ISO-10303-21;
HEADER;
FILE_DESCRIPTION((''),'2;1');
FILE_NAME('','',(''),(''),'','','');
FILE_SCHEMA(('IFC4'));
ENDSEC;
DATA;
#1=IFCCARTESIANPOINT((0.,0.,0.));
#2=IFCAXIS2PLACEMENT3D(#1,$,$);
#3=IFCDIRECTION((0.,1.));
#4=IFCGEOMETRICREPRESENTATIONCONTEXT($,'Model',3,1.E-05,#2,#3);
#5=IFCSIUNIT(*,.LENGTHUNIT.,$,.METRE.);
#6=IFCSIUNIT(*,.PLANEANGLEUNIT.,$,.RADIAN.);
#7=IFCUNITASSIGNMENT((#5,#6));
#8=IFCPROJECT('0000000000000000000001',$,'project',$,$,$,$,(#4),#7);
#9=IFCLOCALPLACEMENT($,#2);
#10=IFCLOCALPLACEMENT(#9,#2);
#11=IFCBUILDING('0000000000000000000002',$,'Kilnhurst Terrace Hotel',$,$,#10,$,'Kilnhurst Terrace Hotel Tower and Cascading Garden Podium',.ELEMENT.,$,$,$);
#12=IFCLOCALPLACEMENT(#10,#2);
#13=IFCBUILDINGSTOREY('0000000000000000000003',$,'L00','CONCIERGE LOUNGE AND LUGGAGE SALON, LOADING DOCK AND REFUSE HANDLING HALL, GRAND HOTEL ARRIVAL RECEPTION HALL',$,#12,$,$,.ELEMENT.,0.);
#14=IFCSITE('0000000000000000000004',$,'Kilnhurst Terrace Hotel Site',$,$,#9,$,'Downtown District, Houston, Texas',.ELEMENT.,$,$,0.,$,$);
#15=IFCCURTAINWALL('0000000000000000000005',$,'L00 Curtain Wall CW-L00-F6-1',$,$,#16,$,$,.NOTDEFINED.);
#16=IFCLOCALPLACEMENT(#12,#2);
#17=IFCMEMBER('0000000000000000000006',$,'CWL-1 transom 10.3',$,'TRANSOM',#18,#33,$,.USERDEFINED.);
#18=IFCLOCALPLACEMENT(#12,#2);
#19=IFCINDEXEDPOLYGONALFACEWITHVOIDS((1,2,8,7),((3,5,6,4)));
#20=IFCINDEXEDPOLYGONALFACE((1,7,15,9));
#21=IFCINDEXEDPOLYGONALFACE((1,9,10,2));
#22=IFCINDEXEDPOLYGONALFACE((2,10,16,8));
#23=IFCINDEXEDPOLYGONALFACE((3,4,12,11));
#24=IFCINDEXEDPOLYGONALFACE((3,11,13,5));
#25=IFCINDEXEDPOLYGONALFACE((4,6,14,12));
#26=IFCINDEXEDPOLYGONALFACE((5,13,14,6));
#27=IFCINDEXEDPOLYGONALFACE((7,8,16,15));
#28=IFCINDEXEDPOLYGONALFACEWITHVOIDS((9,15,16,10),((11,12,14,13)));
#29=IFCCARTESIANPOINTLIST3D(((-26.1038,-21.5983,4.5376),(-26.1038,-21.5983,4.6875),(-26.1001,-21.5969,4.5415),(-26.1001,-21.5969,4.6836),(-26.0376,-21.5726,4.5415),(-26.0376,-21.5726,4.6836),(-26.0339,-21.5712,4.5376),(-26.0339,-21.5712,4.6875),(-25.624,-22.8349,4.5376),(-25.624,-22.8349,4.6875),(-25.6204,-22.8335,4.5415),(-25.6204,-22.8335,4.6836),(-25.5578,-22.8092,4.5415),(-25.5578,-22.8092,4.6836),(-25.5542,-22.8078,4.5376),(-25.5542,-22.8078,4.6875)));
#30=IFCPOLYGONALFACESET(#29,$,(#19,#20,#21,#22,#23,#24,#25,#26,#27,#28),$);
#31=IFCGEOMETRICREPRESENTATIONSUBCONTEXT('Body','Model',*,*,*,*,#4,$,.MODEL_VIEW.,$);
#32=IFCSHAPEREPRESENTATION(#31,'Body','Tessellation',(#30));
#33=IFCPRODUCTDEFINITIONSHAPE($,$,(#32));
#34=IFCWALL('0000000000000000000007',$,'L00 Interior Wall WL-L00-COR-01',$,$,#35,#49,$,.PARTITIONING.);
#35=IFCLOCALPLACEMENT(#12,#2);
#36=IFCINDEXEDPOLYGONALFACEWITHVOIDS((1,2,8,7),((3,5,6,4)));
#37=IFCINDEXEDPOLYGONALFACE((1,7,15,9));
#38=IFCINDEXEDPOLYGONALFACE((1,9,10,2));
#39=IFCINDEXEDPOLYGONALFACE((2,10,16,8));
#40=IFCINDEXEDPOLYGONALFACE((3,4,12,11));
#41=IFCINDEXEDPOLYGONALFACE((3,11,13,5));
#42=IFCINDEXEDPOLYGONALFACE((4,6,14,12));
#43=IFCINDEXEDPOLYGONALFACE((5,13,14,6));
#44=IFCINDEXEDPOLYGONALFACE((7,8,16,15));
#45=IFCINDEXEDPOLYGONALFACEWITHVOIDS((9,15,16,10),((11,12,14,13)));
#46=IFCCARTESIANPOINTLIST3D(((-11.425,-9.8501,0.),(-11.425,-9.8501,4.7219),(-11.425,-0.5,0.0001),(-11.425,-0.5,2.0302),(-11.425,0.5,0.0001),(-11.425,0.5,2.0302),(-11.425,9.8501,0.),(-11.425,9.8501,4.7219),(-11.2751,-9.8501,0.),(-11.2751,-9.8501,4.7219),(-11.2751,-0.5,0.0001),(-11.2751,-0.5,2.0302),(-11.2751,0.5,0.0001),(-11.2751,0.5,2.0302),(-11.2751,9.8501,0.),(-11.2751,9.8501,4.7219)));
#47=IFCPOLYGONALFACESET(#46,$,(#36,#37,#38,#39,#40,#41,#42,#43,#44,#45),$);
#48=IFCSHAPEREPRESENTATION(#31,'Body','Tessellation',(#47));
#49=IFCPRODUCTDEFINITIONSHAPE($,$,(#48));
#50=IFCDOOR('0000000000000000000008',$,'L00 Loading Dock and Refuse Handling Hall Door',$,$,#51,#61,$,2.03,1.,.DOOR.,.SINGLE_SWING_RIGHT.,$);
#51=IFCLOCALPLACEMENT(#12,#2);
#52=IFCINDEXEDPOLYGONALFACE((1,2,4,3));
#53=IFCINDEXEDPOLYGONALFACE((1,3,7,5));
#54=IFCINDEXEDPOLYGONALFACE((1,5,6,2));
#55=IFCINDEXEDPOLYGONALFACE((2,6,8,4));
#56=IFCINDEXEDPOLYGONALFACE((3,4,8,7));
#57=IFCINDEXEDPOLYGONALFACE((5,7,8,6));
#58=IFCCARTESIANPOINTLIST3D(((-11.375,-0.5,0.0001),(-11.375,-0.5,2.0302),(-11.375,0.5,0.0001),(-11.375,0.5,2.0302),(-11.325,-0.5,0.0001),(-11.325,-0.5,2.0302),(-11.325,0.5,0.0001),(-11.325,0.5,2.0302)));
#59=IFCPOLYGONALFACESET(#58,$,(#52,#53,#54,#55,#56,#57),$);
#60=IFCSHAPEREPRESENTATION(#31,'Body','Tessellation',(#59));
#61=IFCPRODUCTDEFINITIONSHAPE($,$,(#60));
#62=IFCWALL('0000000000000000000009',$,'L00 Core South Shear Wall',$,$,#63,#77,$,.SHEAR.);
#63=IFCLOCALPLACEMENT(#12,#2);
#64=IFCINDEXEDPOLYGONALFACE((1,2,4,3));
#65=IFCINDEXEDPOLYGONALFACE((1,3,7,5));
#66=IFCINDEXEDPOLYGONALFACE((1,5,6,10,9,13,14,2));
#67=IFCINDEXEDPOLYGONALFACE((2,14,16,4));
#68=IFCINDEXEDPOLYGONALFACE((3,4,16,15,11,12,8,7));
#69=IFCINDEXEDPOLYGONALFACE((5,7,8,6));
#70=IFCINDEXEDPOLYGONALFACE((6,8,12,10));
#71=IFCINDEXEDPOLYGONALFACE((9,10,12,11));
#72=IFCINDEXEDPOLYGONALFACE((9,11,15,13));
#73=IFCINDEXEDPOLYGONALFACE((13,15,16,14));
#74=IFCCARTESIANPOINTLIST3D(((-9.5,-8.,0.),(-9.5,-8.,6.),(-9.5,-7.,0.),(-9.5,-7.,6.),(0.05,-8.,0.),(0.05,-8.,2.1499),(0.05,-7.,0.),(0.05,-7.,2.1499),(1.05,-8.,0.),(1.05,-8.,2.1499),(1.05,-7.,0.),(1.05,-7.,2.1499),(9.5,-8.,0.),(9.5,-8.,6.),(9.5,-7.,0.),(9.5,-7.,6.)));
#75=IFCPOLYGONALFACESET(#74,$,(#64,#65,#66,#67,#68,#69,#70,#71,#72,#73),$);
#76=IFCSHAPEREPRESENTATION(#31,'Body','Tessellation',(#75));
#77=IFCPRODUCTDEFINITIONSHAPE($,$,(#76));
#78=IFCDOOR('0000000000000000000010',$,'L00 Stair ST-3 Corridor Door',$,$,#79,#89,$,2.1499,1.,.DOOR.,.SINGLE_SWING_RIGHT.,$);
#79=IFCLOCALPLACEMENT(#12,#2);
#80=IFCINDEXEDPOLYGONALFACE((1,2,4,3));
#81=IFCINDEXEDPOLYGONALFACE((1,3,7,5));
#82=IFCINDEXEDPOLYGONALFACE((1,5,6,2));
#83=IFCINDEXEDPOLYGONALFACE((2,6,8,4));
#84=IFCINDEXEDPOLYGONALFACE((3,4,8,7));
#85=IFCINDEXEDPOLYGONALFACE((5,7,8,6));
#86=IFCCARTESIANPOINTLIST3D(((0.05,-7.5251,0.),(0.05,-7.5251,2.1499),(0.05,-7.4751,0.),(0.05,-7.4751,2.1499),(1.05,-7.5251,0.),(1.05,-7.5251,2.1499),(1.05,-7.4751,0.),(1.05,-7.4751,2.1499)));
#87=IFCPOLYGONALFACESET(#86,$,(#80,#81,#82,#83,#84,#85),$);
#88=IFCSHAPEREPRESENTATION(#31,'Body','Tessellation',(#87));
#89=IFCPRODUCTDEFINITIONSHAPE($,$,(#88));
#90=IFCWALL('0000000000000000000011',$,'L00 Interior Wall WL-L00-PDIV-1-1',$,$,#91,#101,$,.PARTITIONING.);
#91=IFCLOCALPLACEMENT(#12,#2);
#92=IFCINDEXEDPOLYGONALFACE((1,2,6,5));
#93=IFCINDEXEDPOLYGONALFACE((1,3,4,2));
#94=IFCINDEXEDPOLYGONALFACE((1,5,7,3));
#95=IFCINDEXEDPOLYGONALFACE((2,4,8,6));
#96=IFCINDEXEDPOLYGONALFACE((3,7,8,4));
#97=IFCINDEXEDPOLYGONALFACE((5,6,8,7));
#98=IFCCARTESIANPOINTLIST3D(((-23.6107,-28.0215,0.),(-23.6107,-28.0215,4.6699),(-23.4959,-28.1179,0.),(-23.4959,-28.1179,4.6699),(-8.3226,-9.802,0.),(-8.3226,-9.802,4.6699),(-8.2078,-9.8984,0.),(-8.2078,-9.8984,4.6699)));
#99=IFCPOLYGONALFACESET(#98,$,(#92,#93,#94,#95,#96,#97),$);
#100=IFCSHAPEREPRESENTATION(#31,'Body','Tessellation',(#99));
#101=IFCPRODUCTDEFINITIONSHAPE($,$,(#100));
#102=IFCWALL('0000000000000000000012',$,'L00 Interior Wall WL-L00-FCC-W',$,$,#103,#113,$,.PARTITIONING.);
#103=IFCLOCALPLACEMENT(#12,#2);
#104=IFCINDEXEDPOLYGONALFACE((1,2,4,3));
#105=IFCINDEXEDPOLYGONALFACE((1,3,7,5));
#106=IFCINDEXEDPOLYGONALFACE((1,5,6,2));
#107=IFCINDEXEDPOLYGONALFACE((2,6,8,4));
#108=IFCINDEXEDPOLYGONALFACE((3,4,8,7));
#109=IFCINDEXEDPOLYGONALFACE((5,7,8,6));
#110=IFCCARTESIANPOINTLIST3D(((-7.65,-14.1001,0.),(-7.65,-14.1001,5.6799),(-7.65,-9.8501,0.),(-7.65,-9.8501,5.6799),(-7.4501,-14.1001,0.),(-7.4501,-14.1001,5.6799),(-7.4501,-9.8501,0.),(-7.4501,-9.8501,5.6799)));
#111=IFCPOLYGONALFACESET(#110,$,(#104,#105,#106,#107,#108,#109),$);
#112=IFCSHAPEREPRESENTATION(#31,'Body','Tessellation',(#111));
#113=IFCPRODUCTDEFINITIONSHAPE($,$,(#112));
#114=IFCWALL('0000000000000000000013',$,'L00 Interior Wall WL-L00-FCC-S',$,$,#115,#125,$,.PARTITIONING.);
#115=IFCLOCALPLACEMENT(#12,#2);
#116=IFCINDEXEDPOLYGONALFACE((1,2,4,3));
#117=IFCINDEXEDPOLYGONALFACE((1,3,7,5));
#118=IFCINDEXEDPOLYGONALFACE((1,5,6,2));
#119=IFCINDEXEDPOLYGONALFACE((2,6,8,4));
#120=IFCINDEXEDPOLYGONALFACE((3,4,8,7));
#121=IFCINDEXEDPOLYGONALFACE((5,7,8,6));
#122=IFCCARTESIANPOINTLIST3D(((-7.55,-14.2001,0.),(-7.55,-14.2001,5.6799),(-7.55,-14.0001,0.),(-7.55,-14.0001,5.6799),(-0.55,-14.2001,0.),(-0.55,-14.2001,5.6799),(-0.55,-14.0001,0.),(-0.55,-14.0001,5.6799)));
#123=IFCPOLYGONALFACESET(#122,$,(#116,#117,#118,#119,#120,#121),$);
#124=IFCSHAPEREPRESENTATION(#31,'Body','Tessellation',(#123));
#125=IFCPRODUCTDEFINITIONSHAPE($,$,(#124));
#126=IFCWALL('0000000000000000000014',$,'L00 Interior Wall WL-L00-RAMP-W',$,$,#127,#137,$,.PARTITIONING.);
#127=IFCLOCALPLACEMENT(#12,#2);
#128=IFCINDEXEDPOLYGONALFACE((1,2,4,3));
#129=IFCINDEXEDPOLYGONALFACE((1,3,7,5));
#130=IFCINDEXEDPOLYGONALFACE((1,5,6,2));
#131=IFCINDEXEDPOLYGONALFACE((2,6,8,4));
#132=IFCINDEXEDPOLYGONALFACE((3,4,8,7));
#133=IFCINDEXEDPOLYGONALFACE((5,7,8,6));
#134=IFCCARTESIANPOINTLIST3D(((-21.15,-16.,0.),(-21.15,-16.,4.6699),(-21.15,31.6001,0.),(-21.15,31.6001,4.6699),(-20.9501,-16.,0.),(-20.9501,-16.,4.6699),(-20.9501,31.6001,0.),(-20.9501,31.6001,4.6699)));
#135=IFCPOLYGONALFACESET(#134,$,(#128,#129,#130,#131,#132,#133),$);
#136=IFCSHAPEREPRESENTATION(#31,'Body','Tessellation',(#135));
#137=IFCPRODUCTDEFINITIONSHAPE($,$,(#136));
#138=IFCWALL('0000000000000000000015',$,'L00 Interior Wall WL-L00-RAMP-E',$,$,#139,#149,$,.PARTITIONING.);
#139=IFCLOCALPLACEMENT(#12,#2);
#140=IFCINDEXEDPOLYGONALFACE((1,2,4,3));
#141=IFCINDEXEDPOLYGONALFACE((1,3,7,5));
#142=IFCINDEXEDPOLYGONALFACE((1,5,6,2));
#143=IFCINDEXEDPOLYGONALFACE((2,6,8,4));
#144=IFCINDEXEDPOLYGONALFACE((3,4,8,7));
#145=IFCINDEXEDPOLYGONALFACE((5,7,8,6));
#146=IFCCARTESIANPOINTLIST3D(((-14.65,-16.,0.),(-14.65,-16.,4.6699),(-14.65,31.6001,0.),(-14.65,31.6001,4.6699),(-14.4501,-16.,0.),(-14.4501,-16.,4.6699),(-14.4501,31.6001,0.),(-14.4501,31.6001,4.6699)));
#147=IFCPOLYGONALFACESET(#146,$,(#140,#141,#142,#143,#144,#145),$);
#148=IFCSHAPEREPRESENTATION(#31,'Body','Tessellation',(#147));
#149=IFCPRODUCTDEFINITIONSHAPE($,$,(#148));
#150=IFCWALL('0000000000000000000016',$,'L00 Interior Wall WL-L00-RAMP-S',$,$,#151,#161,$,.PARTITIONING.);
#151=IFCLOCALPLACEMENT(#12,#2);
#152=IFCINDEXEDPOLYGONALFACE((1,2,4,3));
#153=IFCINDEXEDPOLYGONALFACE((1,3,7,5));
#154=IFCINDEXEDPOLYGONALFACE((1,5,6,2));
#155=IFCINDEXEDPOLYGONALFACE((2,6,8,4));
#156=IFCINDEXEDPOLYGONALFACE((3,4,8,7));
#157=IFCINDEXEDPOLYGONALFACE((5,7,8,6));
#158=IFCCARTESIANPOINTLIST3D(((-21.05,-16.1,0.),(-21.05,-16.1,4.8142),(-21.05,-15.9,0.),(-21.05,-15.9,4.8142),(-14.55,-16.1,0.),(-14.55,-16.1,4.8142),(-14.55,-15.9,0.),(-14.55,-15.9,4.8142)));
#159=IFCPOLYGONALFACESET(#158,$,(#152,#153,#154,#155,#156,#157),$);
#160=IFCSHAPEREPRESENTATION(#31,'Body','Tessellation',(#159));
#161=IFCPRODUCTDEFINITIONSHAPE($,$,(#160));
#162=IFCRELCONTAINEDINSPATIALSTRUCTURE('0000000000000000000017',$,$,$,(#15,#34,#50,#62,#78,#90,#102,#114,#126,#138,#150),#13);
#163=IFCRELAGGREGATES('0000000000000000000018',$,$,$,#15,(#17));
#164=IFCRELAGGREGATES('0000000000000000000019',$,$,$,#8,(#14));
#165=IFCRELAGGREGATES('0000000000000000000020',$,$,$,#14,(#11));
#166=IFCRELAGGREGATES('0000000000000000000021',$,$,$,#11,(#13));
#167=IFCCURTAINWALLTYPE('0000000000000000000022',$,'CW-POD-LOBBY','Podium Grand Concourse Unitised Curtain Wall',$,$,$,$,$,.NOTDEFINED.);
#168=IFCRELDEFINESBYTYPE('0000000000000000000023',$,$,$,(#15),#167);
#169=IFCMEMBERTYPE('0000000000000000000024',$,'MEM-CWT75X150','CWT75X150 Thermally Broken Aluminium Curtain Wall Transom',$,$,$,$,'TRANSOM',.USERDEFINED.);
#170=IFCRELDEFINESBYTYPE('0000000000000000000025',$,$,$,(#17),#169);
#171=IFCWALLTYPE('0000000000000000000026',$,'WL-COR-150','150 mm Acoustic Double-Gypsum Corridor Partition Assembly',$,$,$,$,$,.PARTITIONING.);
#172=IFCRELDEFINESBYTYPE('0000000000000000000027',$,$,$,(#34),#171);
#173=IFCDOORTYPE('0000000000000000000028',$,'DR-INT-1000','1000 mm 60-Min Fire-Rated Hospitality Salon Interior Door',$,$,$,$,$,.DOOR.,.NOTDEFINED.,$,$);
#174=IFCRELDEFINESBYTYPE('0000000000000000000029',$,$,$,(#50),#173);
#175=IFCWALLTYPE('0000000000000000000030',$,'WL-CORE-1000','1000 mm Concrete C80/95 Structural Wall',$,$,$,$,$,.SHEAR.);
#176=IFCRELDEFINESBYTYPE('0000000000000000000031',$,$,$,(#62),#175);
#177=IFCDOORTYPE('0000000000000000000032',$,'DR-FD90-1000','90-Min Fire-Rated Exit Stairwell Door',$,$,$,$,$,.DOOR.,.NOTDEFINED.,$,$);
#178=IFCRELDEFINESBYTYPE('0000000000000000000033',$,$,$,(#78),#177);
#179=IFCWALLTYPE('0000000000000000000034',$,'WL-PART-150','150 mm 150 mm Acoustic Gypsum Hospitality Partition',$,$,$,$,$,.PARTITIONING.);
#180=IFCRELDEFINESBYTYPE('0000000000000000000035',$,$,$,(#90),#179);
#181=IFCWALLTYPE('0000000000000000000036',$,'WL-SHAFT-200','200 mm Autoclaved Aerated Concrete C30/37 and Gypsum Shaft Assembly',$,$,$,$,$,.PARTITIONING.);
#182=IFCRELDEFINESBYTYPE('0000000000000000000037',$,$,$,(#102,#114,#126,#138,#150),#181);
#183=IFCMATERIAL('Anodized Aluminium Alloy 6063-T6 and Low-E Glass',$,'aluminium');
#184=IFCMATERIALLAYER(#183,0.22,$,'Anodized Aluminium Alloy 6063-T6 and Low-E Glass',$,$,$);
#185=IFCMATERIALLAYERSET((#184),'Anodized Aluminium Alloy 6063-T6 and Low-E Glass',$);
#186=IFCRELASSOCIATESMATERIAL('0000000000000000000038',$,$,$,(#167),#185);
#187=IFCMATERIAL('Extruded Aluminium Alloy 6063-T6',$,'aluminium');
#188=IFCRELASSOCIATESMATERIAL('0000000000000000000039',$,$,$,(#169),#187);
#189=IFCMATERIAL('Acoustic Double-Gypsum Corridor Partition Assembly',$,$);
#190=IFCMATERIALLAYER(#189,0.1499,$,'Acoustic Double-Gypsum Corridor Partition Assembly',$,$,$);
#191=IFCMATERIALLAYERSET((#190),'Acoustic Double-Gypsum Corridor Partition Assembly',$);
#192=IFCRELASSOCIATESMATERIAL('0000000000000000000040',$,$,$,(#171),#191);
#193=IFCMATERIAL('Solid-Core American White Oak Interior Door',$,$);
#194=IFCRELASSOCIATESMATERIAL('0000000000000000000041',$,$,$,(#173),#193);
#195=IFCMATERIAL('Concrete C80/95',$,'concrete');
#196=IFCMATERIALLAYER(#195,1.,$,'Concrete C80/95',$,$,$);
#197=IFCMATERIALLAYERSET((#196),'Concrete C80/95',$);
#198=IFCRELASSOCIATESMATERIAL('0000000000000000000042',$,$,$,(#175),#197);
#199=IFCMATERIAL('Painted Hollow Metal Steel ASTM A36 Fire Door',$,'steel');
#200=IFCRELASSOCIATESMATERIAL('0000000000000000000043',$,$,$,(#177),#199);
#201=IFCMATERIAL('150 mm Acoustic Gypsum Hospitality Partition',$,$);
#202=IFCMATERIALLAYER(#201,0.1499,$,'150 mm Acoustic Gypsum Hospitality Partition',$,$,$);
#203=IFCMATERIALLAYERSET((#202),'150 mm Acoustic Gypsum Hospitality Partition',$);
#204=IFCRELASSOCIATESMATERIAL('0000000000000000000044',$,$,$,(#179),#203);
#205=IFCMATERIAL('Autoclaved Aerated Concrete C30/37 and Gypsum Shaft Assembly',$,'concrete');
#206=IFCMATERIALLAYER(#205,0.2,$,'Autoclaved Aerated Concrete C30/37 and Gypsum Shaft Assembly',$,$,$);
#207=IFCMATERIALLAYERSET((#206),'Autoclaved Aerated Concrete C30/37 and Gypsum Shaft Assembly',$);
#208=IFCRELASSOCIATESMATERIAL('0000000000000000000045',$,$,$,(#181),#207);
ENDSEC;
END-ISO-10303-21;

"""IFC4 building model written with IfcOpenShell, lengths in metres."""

from ifc_helpers import new_model, si_unit, direction, frame, frame_2d, origin, origin_2d, place, context, subcontext, project, spatial, rectangle, hollow_rectangle, extrude, material, layer, layer_set, material_profile, profile_set, type_object, element, fill, aggregate, save


model = new_model("IFC4")

# Units and contexts
model_context = context("Model", 3, precision=1e-05, world=origin(), true_north=direction((0.0, 1.0)))
body_context = subcontext(model_context, "Body", "Model", "MODEL_VIEW")
ifc_project = project(units=[si_unit("LENGTHUNIT", "METRE"), si_unit("PLANEANGLEUNIT", "RADIAN")], contexts=[model_context])

# Site, building, storey
site_placement = place(None, origin())
site = spatial("IfcSite", under=ifc_project, at=site_placement, Name="Kilnhurst Terrace Hotel Site", LongName="Downtown District, Houston, Texas", CompositionType="ELEMENT", RefElevation=0.0)
building_placement = place(site_placement, origin())
building = spatial("IfcBuilding", under=site, at=building_placement, Name="Kilnhurst Terrace Hotel", LongName="Kilnhurst Terrace Hotel Tower and Cascading Garden Podium", CompositionType="ELEMENT")
storey_placement = place(building_placement, origin())
storey = spatial("IfcBuildingStorey", under=building, at=storey_placement, Name="L00", Description="CONCIERGE LOUNGE AND LUGGAGE SALON, LOADING DOCK AND REFUSE HANDLING HALL, GRAND HOTEL ARRIVAL RECEPTION HALL", CompositionType="ELEMENT", Elevation=0.0)

# Shared definitions
ifc_material_1 = material(Name="Concrete C80/95", Category="concrete")

# Curtain wall, member
ifc_material_2 = material(Name="Anodized Aluminium Alloy 6063-T6 and Low-E Glass", Category="aluminium")
ifc_layer_1 = layer(ifc_material_2, 0.22, Name="Anodized Aluminium Alloy 6063-T6 and Low-E Glass")
ifc_layer_set_1 = layer_set([ifc_layer_1], Name="Anodized Aluminium Alloy 6063-T6 and Low-E Glass")
curtain_wall_type = type_object("IfcCurtainWallType", Name="CW-POD-LOBBY", Description="Podium Grand Concourse Unitised Curtain Wall", PredefinedType="NOTDEFINED", material=ifc_layer_set_1)
curtain_wall_placement = place(storey_placement, origin())
curtain_wall = element("IfcCurtainWall", 1, at=curtain_wall_placement, inside=storey, type_object=curtain_wall_type, Name="L00 Curtain Wall CW-L00-F6-1", PredefinedType="NOTDEFINED")
ifc_material_3 = material(Name="Extruded Aluminium Alloy 6063-T6", Category="aluminium")
ifc_material_profile_1 = material_profile(ifc_material_3, hollow_rectangle(XDim=0.075, YDim=0.1499, WallThickness=0.0039, at=origin_2d()), Name="CWT75X150")
ifc_profile_set_1 = profile_set([ifc_material_profile_1], Name="Extruded Aluminium Alloy 6063-T6")
member_type_1 = type_object("IfcMemberType", Name="MEM-CWT75X150", Description="CWT75X150 Thermally Broken Aluminium Curtain Wall Transom", ElementType="TRANSOM", PredefinedType="USERDEFINED", material=ifc_profile_set_1)
member_1_placement = place(storey_placement, frame((-26.0688, -21.5847, 4.6125), z_axis=(0.361691, -0.932298, 0.0), x_axis=(0.932298, 0.361691, 0.0)))
member_1 = element("IfcMember", 2, at=member_1_placement, type_object=member_type_1, Name="CWL-1 transom 10.3", ObjectType="TRANSOM", PredefinedType="USERDEFINED", context=body_context, shape_type="SweptSolid", body=[
    extrude(hollow_rectangle(XDim=0.075, YDim=0.1499, WallThickness=0.0039, at=origin_2d()), origin(), (0.0, 0.0, 1.0), 1.3264),
])
aggregate(curtain_wall, [member_1])

# Walls, openings, doors
ifc_material_4 = material(Name="Acoustic Double-Gypsum Corridor Partition Assembly")
ifc_layer_2 = layer(ifc_material_4, 0.1499, Name="Acoustic Double-Gypsum Corridor Partition Assembly")
ifc_layer_set_2 = layer_set([ifc_layer_2], Name="Acoustic Double-Gypsum Corridor Partition Assembly")
wall_type_1 = type_object("IfcWallType", Name="WL-COR-150", Description="150 mm Acoustic Double-Gypsum Corridor Partition Assembly", PredefinedType="PARTITIONING", material=ifc_layer_set_2)
wall_1_placement = place(storey_placement, frame((-11.3501, -9.8501, 0.0), z_axis=(0.0, 0.0, 1.0), x_axis=(0.0, 1.0, 0.0)))
wall_1 = element("IfcWall", 3, at=wall_1_placement, inside=storey, type_object=wall_type_1, Name="L00 Interior Wall WL-L00-COR-01", PredefinedType="PARTITIONING", context=body_context, shape_type="SweptSolid", body=[
    extrude(rectangle(XDim=19.7002, YDim=0.1499, at=frame_2d((9.8501, 0.0))), origin(), (0.0, 0.0, 1.0), 4.7219),
])
opening_1_placement = place(wall_1_placement, frame((9.3501, 0.0, 0.0)))
opening_1 = element("IfcOpeningElement", 4, at=opening_1_placement, cuts=wall_1, PredefinedType="OPENING", context=body_context, shape_type="SweptSolid", body=[
    extrude(rectangle(XDim=1.0, YDim=2.03, at=frame_2d((0.5, 1.0151))), frame((0.0, 0.085, 0.0), z_axis=(0.0, -1.0, 0.0), x_axis=(1.0, 0.0, 0.0)), (0.0, 0.0, 1.0), 0.1699),
])
ifc_material_5 = material(Name="Solid-Core American White Oak Interior Door")
door_type_1 = type_object("IfcDoorType", Name="DR-INT-1000", Description="1000 mm 60-Min Fire-Rated Hospitality Salon Interior Door", OperationType="NOTDEFINED", PredefinedType="DOOR", material=ifc_material_5)
door_1_placement = place(opening_1_placement, origin())
door_1 = element("IfcDoor", 5, at=door_1_placement, inside=storey, type_object=door_type_1, Name="L00 Loading Dock and Refuse Handling Hall Door", OperationType="SINGLE_SWING_RIGHT", OverallHeight=2.03, OverallWidth=1.0, PredefinedType="DOOR", context=body_context, shape_type="SweptSolid", body=[
    extrude(rectangle(XDim=1.0, YDim=2.03, at=frame_2d((0.5, 1.0151))), frame((0.0, 0.0249, 0.0), z_axis=(0.0, -1.0, 0.0), x_axis=(1.0, 0.0, 0.0)), (0.0, 0.0, 1.0), 0.05),
])
fill(opening_1, door_1)
ifc_layer_3 = layer(ifc_material_1, 1.0, Name="Concrete C80/95")
ifc_layer_set_3 = layer_set([ifc_layer_3], Name="Concrete C80/95")
wall_type_2 = type_object("IfcWallType", Name="WL-CORE-1000", Description="1000 mm Concrete C80/95 Structural Wall", PredefinedType="SHEAR", material=ifc_layer_set_3)
wall_2_placement = place(storey_placement, frame((-9.5, -7.5, 0.0), z_axis=(0.0, 0.0, 1.0), x_axis=(1.0, 0.0, 0.0)))
wall_2 = element("IfcWall", 6, at=wall_2_placement, inside=storey, type_object=wall_type_2, Name="L00 Core South Shear Wall", PredefinedType="SHEAR", context=body_context, shape_type="SweptSolid", body=[
    extrude(rectangle(XDim=19.0, YDim=1.0, at=frame_2d((9.5, 0.0))), origin(), (0.0, 0.0, 1.0), 6.0),
])
opening_2_placement = place(wall_2_placement, frame((9.55, 0.0, 0.0)))
opening_2 = element("IfcOpeningElement", 7, at=opening_2_placement, cuts=wall_2, PredefinedType="OPENING", context=body_context, shape_type="SweptSolid", body=[
    extrude(rectangle(XDim=1.0, YDim=2.1499, at=frame_2d((0.5, 1.075))), frame((0.0, 0.51, 0.0), z_axis=(0.0, -1.0, 0.0), x_axis=(1.0, 0.0, 0.0)), (0.0, 0.0, 1.0), 1.02),
])
ifc_material_6 = material(Name="Painted Hollow Metal Steel ASTM A36 Fire Door", Category="steel")
door_type_2 = type_object("IfcDoorType", Name="DR-FD90-1000", Description="90-Min Fire-Rated Exit Stairwell Door", OperationType="NOTDEFINED", PredefinedType="DOOR", material=ifc_material_6)
door_2_placement = place(opening_2_placement, origin())
door_2 = element("IfcDoor", 8, at=door_2_placement, inside=storey, type_object=door_type_2, Name="L00 Stair ST-3 Corridor Door", OperationType="SINGLE_SWING_RIGHT", OverallHeight=2.1499, OverallWidth=1.0, PredefinedType="DOOR", context=body_context, shape_type="SweptSolid", body=[
    extrude(rectangle(XDim=1.0, YDim=2.1499, at=frame_2d((0.5, 1.075))), frame((0.0, 0.0249, 0.0), z_axis=(0.0, -1.0, 0.0), x_axis=(1.0, 0.0, 0.0)), (0.0, 0.0, 1.0), 0.05),
])
fill(opening_2, door_2)

# Walls
ifc_material_7 = material(Name="150 mm Acoustic Gypsum Hospitality Partition")
ifc_layer_4 = layer(ifc_material_7, 0.1499, Name="150 mm Acoustic Gypsum Hospitality Partition")
ifc_layer_set_4 = layer_set([ifc_layer_4], Name="150 mm Acoustic Gypsum Hospitality Partition")
wall_type_3 = type_object("IfcWallType", Name="WL-PART-150", Description="150 mm 150 mm Acoustic Gypsum Hospitality Partition", PredefinedType="PARTITIONING", material=ifc_layer_set_4)
wall_3_placement = place(storey_placement, frame((-8.2651, -9.8501, 0.0), z_axis=(0.0, 0.0, 1.0), x_axis=(-0.642791, -0.766042, 0.0)))
element("IfcWall", 9, at=wall_3_placement, inside=storey, type_object=wall_type_3, Name="L00 Interior Wall WL-L00-PDIV-1-1", PredefinedType="PARTITIONING", context=body_context, shape_type="SweptSolid", body=[
    extrude(rectangle(XDim=23.7839, YDim=0.1499, at=frame_2d((11.8921, 0.0))), origin(), (0.0, 0.0, 1.0), 4.6699),
])
ifc_material_8 = material(Name="Autoclaved Aerated Concrete C30/37 and Gypsum Shaft Assembly", Category="concrete")
ifc_layer_5 = layer(ifc_material_8, 0.2, Name="Autoclaved Aerated Concrete C30/37 and Gypsum Shaft Assembly")
ifc_layer_set_5 = layer_set([ifc_layer_5], Name="Autoclaved Aerated Concrete C30/37 and Gypsum Shaft Assembly")
wall_type_4 = type_object("IfcWallType", Name="WL-SHAFT-200", Description="200 mm Autoclaved Aerated Concrete C30/37 and Gypsum Shaft Assembly", PredefinedType="PARTITIONING", material=ifc_layer_set_5)
wall_4_placement = place(storey_placement, frame((-7.55, -14.1001, 0.0), z_axis=(0.0, 0.0, 1.0), x_axis=(0.0, 1.0, 0.0)))
element("IfcWall", 10, at=wall_4_placement, inside=storey, type_object=wall_type_4, Name="L00 Interior Wall WL-L00-FCC-W", PredefinedType="PARTITIONING", context=body_context, shape_type="SweptSolid", body=[
    extrude(rectangle(XDim=4.25, YDim=0.2, at=frame_2d((2.125, 0.0))), origin(), (0.0, 0.0, 1.0), 5.6799),
])
wall_5_placement = place(storey_placement, frame((-7.55, -14.1001, 0.0), z_axis=(0.0, 0.0, 1.0), x_axis=(1.0, 0.0, 0.0)))
element("IfcWall", 11, at=wall_5_placement, inside=storey, type_object=wall_type_4, Name="L00 Interior Wall WL-L00-FCC-S", PredefinedType="PARTITIONING", context=body_context, shape_type="SweptSolid", body=[
    extrude(rectangle(XDim=7.0, YDim=0.2, at=frame_2d((3.5, 0.0))), origin(), (0.0, 0.0, 1.0), 5.6799),
])
for number, where, z_axis, x_axis, name in (
    (12, (-21.05, -16.0, 0.0), (0.0, 0.0, 1.0), (0.0, 1.0, 0.0), "L00 Interior Wall WL-L00-RAMP-W"),
    (13, (-14.55, -16.0, 0.0), (0.0, 0.0, 1.0), (0.0, 1.0, 0.0), "L00 Interior Wall WL-L00-RAMP-E"),
):
    element("IfcWall", number, at=place(storey_placement, frame(where, z_axis=z_axis, x_axis=x_axis)), inside=storey, type_object=wall_type_4, Name=name, PredefinedType="PARTITIONING", context=body_context, shape_type="SweptSolid", body=[
        extrude(rectangle(XDim=47.6001, YDim=0.2, at=frame_2d((23.8, 0.0))), origin(), (0.0, 0.0, 1.0), 4.6699),
    ])
wall_6_placement = place(storey_placement, frame((-21.05, -16.0, 0.0), z_axis=(0.0, 0.0, 1.0), x_axis=(1.0, 0.0, 0.0)))
element("IfcWall", 14, at=wall_6_placement, inside=storey, type_object=wall_type_4, Name="L00 Interior Wall WL-L00-RAMP-S", PredefinedType="PARTITIONING", context=body_context, shape_type="SweptSolid", body=[
    extrude(rectangle(XDim=6.5, YDim=0.2, at=frame_2d((3.25, 0.0))), origin(), (0.0, 0.0, 1.0), 4.8142),
])

save(model, "model.ifc")
